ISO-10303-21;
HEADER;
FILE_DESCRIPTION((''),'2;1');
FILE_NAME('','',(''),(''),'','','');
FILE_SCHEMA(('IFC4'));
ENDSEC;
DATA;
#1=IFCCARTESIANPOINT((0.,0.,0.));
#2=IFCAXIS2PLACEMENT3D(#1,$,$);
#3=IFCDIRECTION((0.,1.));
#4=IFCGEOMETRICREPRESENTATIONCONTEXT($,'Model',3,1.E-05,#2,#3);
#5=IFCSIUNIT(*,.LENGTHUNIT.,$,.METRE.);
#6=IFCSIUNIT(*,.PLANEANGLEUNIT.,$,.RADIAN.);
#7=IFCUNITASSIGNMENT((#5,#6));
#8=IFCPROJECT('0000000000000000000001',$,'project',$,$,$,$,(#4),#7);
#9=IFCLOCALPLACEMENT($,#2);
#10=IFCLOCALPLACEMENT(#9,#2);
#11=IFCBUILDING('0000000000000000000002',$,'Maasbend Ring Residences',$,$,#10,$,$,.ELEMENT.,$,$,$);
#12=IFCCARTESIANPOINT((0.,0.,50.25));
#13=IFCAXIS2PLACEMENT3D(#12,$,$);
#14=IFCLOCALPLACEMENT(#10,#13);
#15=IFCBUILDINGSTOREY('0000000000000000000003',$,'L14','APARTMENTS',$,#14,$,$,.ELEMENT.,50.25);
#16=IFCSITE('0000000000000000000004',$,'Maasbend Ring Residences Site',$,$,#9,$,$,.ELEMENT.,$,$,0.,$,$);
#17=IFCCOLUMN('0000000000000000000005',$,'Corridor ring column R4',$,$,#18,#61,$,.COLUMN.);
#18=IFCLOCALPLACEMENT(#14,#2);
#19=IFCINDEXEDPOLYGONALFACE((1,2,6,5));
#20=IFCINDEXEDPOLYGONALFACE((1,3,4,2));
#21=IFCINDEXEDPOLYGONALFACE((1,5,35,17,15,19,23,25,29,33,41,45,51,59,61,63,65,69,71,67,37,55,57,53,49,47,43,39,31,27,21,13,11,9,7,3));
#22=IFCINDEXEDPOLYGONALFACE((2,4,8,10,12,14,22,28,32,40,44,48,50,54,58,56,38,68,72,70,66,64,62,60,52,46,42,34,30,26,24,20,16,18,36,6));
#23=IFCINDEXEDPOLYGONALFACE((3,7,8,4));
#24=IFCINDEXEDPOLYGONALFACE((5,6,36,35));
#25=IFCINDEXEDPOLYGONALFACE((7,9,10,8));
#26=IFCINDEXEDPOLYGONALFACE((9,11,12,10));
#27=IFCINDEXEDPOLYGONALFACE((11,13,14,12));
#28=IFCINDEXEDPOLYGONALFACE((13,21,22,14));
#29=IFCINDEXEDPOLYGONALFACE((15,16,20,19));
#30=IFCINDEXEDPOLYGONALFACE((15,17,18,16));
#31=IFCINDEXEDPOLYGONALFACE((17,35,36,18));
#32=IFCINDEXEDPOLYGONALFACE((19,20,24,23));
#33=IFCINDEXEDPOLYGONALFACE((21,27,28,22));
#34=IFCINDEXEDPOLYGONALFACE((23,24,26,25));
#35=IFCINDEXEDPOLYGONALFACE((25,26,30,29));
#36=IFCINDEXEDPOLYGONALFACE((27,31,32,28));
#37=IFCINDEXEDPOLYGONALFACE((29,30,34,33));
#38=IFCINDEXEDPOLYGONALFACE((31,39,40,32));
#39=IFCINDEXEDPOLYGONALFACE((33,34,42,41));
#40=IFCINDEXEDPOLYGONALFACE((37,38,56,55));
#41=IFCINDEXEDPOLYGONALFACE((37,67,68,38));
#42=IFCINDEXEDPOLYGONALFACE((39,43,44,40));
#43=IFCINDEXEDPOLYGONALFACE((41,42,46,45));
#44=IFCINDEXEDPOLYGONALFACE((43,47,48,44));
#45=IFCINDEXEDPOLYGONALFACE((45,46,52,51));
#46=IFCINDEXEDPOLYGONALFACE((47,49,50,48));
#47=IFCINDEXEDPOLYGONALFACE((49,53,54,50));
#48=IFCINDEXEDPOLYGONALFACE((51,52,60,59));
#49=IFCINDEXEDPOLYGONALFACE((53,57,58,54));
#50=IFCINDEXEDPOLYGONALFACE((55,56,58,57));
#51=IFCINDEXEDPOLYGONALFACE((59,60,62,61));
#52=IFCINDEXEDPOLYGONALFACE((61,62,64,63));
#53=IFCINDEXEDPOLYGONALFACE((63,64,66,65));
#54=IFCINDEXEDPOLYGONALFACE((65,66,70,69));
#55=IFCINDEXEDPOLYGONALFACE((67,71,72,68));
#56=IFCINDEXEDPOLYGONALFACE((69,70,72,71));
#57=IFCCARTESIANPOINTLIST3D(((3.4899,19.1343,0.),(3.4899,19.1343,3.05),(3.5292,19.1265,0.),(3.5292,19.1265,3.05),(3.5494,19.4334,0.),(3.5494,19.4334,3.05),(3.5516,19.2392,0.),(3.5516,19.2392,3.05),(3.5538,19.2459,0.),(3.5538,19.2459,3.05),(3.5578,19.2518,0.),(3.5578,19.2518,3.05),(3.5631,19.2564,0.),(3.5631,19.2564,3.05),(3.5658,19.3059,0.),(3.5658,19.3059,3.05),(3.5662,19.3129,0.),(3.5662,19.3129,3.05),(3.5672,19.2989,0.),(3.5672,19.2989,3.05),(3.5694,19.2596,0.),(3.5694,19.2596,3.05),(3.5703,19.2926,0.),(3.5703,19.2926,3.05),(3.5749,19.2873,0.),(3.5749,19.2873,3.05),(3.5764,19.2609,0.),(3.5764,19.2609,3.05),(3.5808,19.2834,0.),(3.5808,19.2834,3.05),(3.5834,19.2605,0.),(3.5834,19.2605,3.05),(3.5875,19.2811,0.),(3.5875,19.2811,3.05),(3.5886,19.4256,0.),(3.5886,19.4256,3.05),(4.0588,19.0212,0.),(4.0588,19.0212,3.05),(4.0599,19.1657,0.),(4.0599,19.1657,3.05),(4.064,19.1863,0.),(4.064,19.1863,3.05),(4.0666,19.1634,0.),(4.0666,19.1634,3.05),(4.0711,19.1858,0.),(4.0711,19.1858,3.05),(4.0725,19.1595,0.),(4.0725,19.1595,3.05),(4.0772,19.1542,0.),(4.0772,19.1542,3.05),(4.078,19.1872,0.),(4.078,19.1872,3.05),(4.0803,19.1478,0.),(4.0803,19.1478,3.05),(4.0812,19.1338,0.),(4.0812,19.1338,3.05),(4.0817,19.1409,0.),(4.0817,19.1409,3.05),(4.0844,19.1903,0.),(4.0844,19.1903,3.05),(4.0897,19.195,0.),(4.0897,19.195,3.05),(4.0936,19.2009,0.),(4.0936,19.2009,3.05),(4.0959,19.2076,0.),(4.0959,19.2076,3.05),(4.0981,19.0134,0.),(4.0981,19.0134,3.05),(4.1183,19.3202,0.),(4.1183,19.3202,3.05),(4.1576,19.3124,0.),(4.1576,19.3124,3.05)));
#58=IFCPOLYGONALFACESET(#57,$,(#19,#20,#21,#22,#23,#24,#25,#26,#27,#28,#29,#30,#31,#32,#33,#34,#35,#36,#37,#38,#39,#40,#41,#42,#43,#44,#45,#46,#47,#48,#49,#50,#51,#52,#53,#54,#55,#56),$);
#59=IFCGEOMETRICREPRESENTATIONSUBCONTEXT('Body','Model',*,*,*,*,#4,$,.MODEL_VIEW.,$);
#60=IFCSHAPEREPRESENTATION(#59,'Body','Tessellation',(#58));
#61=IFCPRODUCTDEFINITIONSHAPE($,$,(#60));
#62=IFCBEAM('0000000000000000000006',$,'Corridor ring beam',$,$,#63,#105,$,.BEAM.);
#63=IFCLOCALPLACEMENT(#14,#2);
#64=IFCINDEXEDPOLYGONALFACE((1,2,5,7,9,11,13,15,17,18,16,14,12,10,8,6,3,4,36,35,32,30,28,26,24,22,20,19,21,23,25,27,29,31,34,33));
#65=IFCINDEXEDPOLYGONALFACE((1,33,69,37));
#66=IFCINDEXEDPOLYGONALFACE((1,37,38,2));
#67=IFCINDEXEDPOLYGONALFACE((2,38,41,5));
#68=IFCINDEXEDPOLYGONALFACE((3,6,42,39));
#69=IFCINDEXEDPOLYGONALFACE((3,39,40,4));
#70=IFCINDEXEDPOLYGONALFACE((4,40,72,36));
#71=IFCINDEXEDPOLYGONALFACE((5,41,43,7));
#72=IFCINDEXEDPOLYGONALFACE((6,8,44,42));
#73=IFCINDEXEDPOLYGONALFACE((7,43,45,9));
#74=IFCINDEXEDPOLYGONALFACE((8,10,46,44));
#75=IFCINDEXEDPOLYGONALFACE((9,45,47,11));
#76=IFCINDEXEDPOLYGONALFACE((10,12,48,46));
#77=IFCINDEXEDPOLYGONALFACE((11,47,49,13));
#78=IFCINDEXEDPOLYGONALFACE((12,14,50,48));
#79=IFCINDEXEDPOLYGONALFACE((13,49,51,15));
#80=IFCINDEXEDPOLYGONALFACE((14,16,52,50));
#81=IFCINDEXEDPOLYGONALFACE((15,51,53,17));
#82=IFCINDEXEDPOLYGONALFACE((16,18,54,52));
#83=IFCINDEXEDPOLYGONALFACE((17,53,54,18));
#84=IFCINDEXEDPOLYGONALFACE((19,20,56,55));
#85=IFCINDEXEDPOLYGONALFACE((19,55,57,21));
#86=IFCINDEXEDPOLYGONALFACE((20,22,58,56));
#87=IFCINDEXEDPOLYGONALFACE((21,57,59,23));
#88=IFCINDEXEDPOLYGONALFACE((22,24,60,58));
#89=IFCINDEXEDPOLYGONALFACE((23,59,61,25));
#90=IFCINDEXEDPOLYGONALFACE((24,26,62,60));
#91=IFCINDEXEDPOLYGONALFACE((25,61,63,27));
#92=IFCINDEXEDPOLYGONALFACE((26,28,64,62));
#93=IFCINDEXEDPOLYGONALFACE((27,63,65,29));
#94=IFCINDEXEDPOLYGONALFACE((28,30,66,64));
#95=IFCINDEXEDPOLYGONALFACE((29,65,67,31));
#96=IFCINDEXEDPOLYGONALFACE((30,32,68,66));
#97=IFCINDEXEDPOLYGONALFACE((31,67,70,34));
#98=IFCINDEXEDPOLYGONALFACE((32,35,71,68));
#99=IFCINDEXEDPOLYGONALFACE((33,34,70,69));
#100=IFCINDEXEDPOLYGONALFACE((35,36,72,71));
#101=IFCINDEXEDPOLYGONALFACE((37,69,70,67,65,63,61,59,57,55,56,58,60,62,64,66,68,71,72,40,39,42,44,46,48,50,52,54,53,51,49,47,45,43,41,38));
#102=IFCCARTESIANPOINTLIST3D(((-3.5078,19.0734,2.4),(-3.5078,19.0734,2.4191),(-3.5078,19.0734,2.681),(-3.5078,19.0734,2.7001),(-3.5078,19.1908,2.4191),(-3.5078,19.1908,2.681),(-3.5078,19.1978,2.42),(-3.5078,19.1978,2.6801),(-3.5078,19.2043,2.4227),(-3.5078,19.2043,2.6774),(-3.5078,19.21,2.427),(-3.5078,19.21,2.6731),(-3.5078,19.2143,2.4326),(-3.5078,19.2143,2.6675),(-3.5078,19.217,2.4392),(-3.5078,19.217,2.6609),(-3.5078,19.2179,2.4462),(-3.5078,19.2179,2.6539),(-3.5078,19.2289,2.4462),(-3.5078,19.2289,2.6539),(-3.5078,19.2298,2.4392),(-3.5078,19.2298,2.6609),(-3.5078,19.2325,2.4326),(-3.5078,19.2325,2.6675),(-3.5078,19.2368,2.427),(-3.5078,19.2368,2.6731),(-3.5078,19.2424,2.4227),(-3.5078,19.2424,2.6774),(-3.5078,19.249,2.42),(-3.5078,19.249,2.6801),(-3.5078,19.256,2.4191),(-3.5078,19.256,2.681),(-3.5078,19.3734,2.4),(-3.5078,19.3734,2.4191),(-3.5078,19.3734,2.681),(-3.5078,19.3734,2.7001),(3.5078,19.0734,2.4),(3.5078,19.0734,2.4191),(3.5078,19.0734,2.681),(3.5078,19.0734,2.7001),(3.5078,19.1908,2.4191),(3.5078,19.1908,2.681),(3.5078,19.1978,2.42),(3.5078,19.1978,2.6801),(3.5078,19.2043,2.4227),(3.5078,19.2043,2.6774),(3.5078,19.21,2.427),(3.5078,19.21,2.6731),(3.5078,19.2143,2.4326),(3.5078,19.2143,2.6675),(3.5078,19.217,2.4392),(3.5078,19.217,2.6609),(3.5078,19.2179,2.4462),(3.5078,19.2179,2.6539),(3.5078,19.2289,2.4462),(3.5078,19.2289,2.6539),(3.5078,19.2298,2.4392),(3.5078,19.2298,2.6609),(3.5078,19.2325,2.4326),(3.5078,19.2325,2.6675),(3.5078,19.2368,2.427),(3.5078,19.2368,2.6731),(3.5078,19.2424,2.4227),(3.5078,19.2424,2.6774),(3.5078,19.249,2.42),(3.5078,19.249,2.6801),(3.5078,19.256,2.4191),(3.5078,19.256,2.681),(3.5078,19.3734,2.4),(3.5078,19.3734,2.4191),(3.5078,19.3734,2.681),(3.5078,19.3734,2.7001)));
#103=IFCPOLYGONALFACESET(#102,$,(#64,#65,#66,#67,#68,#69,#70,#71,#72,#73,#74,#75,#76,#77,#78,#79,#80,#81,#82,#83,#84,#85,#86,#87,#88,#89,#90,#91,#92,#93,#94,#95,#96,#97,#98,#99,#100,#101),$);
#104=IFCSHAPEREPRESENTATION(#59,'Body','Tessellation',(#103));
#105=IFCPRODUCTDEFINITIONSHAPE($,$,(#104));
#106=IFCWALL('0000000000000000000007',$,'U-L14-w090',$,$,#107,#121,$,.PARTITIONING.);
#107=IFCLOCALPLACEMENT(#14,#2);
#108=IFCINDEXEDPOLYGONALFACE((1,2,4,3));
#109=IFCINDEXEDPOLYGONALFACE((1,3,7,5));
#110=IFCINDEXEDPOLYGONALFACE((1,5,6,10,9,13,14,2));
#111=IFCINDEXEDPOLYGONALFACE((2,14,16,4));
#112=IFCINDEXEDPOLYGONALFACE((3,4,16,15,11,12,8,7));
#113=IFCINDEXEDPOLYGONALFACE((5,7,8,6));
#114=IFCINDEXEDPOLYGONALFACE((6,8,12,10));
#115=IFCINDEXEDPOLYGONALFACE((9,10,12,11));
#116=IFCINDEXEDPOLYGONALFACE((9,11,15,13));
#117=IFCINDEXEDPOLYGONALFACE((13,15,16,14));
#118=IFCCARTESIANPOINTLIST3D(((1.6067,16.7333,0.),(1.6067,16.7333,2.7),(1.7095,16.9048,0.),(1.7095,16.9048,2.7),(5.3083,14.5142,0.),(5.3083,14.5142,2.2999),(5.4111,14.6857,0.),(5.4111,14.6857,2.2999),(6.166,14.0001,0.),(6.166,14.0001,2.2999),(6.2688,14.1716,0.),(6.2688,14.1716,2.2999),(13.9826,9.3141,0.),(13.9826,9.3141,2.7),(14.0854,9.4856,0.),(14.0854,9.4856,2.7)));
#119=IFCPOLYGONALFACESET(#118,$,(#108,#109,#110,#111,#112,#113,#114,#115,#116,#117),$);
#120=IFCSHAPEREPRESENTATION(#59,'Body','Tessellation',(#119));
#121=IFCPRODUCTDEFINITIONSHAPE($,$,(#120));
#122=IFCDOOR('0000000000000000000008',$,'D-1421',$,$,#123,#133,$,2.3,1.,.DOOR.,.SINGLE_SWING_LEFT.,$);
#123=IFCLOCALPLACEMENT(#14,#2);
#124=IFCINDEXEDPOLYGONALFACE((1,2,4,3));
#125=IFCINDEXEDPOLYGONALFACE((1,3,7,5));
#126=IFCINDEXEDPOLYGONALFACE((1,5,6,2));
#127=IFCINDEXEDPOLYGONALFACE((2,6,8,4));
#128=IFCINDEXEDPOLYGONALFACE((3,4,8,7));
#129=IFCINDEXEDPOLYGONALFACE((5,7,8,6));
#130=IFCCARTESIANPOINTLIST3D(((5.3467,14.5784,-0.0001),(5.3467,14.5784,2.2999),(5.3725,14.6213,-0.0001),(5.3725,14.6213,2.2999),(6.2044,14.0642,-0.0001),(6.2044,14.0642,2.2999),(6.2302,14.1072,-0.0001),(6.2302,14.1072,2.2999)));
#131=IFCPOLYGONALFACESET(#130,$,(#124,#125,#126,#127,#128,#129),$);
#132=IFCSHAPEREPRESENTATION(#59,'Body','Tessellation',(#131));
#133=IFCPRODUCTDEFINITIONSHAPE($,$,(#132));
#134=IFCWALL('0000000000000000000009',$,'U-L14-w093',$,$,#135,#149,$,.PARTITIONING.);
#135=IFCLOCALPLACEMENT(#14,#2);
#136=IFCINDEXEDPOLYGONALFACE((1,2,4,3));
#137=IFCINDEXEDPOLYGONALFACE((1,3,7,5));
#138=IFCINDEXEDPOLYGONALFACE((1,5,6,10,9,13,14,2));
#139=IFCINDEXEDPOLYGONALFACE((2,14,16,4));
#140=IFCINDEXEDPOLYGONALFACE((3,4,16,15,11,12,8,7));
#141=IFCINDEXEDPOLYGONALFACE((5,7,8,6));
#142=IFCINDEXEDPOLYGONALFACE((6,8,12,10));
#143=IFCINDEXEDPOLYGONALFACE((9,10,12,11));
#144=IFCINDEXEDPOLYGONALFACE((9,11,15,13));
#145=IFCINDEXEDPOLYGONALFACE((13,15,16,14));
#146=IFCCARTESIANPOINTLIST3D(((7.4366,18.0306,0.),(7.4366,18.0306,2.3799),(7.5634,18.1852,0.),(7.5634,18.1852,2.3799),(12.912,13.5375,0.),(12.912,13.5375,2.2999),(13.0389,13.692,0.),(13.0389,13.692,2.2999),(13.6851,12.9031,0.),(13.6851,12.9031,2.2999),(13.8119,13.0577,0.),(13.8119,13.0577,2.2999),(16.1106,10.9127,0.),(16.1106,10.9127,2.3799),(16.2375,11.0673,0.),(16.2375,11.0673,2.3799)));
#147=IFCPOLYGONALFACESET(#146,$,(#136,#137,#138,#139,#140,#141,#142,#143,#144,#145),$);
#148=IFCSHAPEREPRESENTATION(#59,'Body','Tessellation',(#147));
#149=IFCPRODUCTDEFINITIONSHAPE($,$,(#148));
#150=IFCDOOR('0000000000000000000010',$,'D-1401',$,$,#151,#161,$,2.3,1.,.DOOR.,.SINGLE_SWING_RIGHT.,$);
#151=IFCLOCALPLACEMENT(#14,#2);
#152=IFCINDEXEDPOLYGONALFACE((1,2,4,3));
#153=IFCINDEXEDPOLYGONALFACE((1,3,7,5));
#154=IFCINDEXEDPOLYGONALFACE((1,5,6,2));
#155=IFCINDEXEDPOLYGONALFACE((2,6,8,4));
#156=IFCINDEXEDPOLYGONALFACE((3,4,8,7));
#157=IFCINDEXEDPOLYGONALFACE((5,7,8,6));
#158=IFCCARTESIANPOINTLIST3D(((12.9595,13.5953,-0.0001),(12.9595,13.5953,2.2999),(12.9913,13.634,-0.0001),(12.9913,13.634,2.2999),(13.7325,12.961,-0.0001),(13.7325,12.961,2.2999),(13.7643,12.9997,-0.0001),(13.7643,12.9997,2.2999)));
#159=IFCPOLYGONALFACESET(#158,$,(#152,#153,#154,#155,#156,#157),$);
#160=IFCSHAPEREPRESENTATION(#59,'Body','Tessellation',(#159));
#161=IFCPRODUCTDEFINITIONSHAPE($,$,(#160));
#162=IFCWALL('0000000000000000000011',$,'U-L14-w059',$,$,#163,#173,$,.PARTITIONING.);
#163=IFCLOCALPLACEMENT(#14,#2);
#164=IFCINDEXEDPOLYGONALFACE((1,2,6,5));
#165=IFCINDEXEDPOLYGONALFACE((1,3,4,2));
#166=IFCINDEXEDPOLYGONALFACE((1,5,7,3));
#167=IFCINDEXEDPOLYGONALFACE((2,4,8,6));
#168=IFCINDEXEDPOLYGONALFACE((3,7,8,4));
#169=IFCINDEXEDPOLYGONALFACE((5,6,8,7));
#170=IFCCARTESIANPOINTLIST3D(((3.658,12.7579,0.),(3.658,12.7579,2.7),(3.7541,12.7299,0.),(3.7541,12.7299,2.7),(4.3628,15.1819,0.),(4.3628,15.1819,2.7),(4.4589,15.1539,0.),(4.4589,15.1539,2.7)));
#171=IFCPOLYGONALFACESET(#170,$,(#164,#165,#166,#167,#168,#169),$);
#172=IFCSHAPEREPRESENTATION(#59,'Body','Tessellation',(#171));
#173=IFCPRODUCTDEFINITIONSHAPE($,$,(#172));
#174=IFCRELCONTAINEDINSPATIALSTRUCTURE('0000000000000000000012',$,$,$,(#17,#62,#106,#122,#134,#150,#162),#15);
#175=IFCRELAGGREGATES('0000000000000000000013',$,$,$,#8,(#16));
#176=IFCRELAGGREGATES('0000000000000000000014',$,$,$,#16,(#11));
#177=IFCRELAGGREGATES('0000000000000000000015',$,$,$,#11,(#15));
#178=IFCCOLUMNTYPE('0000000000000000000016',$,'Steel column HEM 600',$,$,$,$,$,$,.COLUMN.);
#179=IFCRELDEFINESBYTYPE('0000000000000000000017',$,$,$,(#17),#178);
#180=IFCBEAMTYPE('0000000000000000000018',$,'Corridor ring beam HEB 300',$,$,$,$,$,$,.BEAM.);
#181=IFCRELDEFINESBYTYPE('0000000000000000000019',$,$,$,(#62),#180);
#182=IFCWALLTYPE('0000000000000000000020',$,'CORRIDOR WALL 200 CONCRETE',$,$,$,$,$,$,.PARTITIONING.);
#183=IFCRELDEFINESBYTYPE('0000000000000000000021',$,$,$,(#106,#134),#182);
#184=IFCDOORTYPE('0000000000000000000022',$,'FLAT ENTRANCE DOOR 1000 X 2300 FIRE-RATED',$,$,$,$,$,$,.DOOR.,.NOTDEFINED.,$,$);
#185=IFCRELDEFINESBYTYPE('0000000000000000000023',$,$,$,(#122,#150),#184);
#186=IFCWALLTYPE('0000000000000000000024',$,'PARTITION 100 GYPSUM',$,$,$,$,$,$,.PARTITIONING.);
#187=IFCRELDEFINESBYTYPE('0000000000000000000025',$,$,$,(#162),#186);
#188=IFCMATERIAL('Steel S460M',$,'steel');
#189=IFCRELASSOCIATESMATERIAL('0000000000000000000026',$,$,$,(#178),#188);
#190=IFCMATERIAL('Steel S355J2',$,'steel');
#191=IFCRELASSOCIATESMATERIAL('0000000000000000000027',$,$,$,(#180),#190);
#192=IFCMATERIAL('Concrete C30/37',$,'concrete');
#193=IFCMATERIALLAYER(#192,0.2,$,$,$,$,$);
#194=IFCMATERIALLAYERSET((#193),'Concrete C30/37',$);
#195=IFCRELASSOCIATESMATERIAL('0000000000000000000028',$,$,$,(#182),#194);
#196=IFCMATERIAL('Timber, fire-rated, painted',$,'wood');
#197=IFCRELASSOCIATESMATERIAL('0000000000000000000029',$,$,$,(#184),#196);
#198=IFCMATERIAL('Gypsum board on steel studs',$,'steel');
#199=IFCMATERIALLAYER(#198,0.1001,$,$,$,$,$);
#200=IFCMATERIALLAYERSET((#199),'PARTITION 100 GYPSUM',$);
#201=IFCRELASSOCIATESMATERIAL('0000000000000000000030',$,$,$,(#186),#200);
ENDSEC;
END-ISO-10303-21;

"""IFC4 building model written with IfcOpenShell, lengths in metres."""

from ifc_helpers import new_model, si_unit, direction, frame, frame_2d, origin, origin_2d, place, context, subcontext, project, spatial, rectangle, i_section, extrude, material, layer, layer_set, material_profile, profile_set, type_object, element, fill, save


model = new_model("IFC4")

# Units and contexts
model_context = context("Model", 3, precision=1e-05, world=origin(), true_north=direction((0.0, 1.0)))
body_context = subcontext(model_context, "Body", "Model", "MODEL_VIEW")
ifc_project = project(units=[si_unit("LENGTHUNIT", "METRE"), si_unit("PLANEANGLEUNIT", "RADIAN")], contexts=[model_context])

# Site, building, storey
site_placement = place(None, origin())
site = spatial("IfcSite", under=ifc_project, at=site_placement, Name="Maasbend Ring Residences Site", CompositionType="ELEMENT", RefElevation=0.0)
building_placement = place(site_placement, origin())
building = spatial("IfcBuilding", under=site, at=building_placement, Name="Maasbend Ring Residences", CompositionType="ELEMENT")
storey_placement = place(building_placement, frame((0.0, 0.0, 50.25)))
storey = spatial("IfcBuildingStorey", under=building, at=storey_placement, Name="L14", Description="APARTMENTS", CompositionType="ELEMENT", Elevation=50.25)

# Column
ifc_material_1 = material(Name="Steel S460M", Category="steel")
ifc_material_profile_1 = material_profile(ifc_material_1, i_section(OverallWidth=0.3049, OverallDepth=0.6201, WebThickness=0.021, FlangeThickness=0.04, FilletRadius=0.0271, at=origin_2d()), Name="HEM 600")
ifc_profile_set_1 = profile_set([ifc_material_profile_1], Name="Steel S460M")
column_type = type_object("IfcColumnType", Name="Steel column HEM 600", PredefinedType="COLUMN", material=ifc_profile_set_1)
column_placement = place(storey_placement, frame((3.8237, 19.2234, 0.0), z_axis=(0.0, 0.0, 1.0), x_axis=(0.19509, 0.980785, 0.0)))
element("IfcColumn", 1, at=column_placement, inside=storey, type_object=column_type, Name="Corridor ring column R4", PredefinedType="COLUMN", context=body_context, shape_type="SweptSolid", body=[
    extrude(i_section(OverallWidth=0.3049, OverallDepth=0.6201, WebThickness=0.021, FlangeThickness=0.04, FilletRadius=0.0271, at=origin_2d()), origin(), (0.0, 0.0, 1.0), 3.05),
])

# Beam
ifc_material_2 = material(Name="Steel S355J2", Category="steel")
ifc_material_profile_2 = material_profile(ifc_material_2, i_section(OverallWidth=0.3, OverallDepth=0.3, WebThickness=0.011, FlangeThickness=0.019, FilletRadius=0.0271, at=origin_2d()), Name="HEB 300")
ifc_profile_set_2 = profile_set([ifc_material_profile_2], Name="Steel S355J2")
beam_type = type_object("IfcBeamType", Name="Corridor ring beam HEB 300", PredefinedType="BEAM", material=ifc_profile_set_2)
beam_placement = place(storey_placement, frame((3.5078, 19.2234, 2.55), z_axis=(-1.0, 0.0, 0.0), x_axis=(0.0, -1.0, 0.0)))
element("IfcBeam", 2, at=beam_placement, inside=storey, type_object=beam_type, Name="Corridor ring beam", PredefinedType="BEAM", context=body_context, shape_type="SweptSolid", body=[
    extrude(i_section(OverallWidth=0.3, OverallDepth=0.3, WebThickness=0.011, FlangeThickness=0.019, FilletRadius=0.0271, at=origin_2d()), origin(), (0.0, 0.0, 1.0), 7.0156),
])

# Walls, openings, doors
ifc_material_3 = material(Name="Concrete C30/37", Category="concrete")
ifc_layer_1 = layer(ifc_material_3, 0.2)
ifc_layer_set_1 = layer_set([ifc_layer_1], Name="Concrete C30/37")
wall_type_1 = type_object("IfcWallType", Name="CORRIDOR WALL 200 CONCRETE", PredefinedType="PARTITIONING", material=ifc_layer_set_1)
wall_1_placement = place(storey_placement, frame((1.658, 16.8191, 0.0), z_axis=(0.0, 0.0, 1.0), x_axis=(0.857688, -0.51417, 0.0)))
wall_1 = element("IfcWall", 3, at=wall_1_placement, inside=storey, type_object=wall_type_1, Name="U-L14-w090", PredefinedType="PARTITIONING", context=body_context, shape_type="SweptSolid", body=[
    extrude(rectangle(XDim=14.4294, YDim=0.2, at=frame_2d((7.2148, 0.0))), origin(), (0.0, 0.0, 1.0), 2.7),
])
opening_1_placement = place(wall_1_placement, frame((4.3159, 0.0, 0.0)))
opening_1 = element("IfcOpeningElement", 4, at=opening_1_placement, cuts=wall_1, PredefinedType="OPENING", context=body_context, shape_type="SweptSolid", body=[
    extrude(rectangle(XDim=1.0, YDim=2.3, at=frame_2d((0.5, 1.1499))), frame((0.0, 0.1099, 0.0), z_axis=(0.0, -1.0, 0.0), x_axis=(1.0, 0.0, 0.0)), (0.0, 0.0, 1.0), 0.22),
])
ifc_material_4 = material(Name="Timber, fire-rated, painted", Category="wood")
door_type_1 = type_object("IfcDoorType", Name="FLAT ENTRANCE DOOR 1000 X 2300 FIRE-RATED", OperationType="NOTDEFINED", PredefinedType="DOOR", material=ifc_material_4)
door_1_placement = place(opening_1_placement, origin())
door_1 = element("IfcDoor", 5, at=door_1_placement, inside=storey, type_object=door_type_1, Name="D-1421", OperationType="SINGLE_SWING_LEFT", OverallHeight=2.3, OverallWidth=1.0, PredefinedType="DOOR", context=body_context, shape_type="SweptSolid", body=[
    extrude(rectangle(XDim=1.0, YDim=2.3, at=frame_2d((0.5, 1.1499))), frame((0.0, 0.0249, 0.0), z_axis=(0.0, -1.0, 0.0), x_axis=(1.0, 0.0, 0.0)), (0.0, 0.0, 1.0), 0.05),
])
fill(opening_1, door_1)
wall_2_placement = place(storey_placement, frame((7.5, 18.1079, 0.0), z_axis=(0.0, 0.0, 1.0), x_axis=(0.773041, -0.634356, 0.0)))
wall_2 = element("IfcWall", 6, at=wall_2_placement, inside=storey, type_object=wall_type_1, Name="U-L14-w093", PredefinedType="PARTITIONING", context=body_context, shape_type="SweptSolid", body=[
    extrude(rectangle(XDim=11.2207, YDim=0.2, at=frame_2d((5.6104, 0.0))), origin(), (0.0, 0.0, 1.0), 2.3799),
])
opening_2_placement = place(wall_2_placement, frame((7.083, 0.0, 0.0)))
opening_2 = element("IfcOpeningElement", 7, at=opening_2_placement, cuts=wall_2, PredefinedType="OPENING", context=body_context, shape_type="SweptSolid", body=[
    extrude(rectangle(XDim=1.0, YDim=2.3, at=frame_2d((0.5, 1.1499))), frame((0.0, 0.1099, 0.0), z_axis=(0.0, -1.0, 0.0), x_axis=(1.0, 0.0, 0.0)), (0.0, 0.0, 1.0), 0.22),
])
door_2_placement = place(opening_2_placement, origin())
door_2 = element("IfcDoor", 8, at=door_2_placement, inside=storey, type_object=door_type_1, Name="D-1401", OperationType="SINGLE_SWING_RIGHT", OverallHeight=2.3, OverallWidth=1.0, PredefinedType="DOOR", context=body_context, shape_type="SweptSolid", body=[
    extrude(rectangle(XDim=1.0, YDim=2.3, at=frame_2d((0.5, 1.1499))), frame((0.0, 0.0249, 0.0), z_axis=(0.0, -1.0, 0.0), x_axis=(1.0, 0.0, 0.0)), (0.0, 0.0, 1.0), 0.05),
])
fill(opening_2, door_2)

# Wall
ifc_material_5 = material(Name="Gypsum board on steel studs", Category="steel")
ifc_layer_2 = layer(ifc_material_5, 0.1001)
ifc_layer_set_2 = layer_set([ifc_layer_2], Name="PARTITION 100 GYPSUM")
wall_type_2 = type_object("IfcWallType", Name="PARTITION 100 GYPSUM", PredefinedType="PARTITIONING", material=ifc_layer_set_2)
wall_3_placement = place(storey_placement, frame((3.7061, 12.7439, 0.0), z_axis=(0.0, 0.0, 1.0), x_axis=(0.279201, 0.960233, 0.0)))
element("IfcWall", 9, at=wall_3_placement, inside=storey, type_object=wall_type_2, Name="U-L14-w059", PredefinedType="PARTITIONING", context=body_context, shape_type="SweptSolid", body=[
    extrude(rectangle(XDim=2.5244, YDim=0.1001, at=frame_2d((1.2622, 0.0))), origin(), (0.0, 0.0, 1.0), 2.7),
])

save(model, "model.ifc")
